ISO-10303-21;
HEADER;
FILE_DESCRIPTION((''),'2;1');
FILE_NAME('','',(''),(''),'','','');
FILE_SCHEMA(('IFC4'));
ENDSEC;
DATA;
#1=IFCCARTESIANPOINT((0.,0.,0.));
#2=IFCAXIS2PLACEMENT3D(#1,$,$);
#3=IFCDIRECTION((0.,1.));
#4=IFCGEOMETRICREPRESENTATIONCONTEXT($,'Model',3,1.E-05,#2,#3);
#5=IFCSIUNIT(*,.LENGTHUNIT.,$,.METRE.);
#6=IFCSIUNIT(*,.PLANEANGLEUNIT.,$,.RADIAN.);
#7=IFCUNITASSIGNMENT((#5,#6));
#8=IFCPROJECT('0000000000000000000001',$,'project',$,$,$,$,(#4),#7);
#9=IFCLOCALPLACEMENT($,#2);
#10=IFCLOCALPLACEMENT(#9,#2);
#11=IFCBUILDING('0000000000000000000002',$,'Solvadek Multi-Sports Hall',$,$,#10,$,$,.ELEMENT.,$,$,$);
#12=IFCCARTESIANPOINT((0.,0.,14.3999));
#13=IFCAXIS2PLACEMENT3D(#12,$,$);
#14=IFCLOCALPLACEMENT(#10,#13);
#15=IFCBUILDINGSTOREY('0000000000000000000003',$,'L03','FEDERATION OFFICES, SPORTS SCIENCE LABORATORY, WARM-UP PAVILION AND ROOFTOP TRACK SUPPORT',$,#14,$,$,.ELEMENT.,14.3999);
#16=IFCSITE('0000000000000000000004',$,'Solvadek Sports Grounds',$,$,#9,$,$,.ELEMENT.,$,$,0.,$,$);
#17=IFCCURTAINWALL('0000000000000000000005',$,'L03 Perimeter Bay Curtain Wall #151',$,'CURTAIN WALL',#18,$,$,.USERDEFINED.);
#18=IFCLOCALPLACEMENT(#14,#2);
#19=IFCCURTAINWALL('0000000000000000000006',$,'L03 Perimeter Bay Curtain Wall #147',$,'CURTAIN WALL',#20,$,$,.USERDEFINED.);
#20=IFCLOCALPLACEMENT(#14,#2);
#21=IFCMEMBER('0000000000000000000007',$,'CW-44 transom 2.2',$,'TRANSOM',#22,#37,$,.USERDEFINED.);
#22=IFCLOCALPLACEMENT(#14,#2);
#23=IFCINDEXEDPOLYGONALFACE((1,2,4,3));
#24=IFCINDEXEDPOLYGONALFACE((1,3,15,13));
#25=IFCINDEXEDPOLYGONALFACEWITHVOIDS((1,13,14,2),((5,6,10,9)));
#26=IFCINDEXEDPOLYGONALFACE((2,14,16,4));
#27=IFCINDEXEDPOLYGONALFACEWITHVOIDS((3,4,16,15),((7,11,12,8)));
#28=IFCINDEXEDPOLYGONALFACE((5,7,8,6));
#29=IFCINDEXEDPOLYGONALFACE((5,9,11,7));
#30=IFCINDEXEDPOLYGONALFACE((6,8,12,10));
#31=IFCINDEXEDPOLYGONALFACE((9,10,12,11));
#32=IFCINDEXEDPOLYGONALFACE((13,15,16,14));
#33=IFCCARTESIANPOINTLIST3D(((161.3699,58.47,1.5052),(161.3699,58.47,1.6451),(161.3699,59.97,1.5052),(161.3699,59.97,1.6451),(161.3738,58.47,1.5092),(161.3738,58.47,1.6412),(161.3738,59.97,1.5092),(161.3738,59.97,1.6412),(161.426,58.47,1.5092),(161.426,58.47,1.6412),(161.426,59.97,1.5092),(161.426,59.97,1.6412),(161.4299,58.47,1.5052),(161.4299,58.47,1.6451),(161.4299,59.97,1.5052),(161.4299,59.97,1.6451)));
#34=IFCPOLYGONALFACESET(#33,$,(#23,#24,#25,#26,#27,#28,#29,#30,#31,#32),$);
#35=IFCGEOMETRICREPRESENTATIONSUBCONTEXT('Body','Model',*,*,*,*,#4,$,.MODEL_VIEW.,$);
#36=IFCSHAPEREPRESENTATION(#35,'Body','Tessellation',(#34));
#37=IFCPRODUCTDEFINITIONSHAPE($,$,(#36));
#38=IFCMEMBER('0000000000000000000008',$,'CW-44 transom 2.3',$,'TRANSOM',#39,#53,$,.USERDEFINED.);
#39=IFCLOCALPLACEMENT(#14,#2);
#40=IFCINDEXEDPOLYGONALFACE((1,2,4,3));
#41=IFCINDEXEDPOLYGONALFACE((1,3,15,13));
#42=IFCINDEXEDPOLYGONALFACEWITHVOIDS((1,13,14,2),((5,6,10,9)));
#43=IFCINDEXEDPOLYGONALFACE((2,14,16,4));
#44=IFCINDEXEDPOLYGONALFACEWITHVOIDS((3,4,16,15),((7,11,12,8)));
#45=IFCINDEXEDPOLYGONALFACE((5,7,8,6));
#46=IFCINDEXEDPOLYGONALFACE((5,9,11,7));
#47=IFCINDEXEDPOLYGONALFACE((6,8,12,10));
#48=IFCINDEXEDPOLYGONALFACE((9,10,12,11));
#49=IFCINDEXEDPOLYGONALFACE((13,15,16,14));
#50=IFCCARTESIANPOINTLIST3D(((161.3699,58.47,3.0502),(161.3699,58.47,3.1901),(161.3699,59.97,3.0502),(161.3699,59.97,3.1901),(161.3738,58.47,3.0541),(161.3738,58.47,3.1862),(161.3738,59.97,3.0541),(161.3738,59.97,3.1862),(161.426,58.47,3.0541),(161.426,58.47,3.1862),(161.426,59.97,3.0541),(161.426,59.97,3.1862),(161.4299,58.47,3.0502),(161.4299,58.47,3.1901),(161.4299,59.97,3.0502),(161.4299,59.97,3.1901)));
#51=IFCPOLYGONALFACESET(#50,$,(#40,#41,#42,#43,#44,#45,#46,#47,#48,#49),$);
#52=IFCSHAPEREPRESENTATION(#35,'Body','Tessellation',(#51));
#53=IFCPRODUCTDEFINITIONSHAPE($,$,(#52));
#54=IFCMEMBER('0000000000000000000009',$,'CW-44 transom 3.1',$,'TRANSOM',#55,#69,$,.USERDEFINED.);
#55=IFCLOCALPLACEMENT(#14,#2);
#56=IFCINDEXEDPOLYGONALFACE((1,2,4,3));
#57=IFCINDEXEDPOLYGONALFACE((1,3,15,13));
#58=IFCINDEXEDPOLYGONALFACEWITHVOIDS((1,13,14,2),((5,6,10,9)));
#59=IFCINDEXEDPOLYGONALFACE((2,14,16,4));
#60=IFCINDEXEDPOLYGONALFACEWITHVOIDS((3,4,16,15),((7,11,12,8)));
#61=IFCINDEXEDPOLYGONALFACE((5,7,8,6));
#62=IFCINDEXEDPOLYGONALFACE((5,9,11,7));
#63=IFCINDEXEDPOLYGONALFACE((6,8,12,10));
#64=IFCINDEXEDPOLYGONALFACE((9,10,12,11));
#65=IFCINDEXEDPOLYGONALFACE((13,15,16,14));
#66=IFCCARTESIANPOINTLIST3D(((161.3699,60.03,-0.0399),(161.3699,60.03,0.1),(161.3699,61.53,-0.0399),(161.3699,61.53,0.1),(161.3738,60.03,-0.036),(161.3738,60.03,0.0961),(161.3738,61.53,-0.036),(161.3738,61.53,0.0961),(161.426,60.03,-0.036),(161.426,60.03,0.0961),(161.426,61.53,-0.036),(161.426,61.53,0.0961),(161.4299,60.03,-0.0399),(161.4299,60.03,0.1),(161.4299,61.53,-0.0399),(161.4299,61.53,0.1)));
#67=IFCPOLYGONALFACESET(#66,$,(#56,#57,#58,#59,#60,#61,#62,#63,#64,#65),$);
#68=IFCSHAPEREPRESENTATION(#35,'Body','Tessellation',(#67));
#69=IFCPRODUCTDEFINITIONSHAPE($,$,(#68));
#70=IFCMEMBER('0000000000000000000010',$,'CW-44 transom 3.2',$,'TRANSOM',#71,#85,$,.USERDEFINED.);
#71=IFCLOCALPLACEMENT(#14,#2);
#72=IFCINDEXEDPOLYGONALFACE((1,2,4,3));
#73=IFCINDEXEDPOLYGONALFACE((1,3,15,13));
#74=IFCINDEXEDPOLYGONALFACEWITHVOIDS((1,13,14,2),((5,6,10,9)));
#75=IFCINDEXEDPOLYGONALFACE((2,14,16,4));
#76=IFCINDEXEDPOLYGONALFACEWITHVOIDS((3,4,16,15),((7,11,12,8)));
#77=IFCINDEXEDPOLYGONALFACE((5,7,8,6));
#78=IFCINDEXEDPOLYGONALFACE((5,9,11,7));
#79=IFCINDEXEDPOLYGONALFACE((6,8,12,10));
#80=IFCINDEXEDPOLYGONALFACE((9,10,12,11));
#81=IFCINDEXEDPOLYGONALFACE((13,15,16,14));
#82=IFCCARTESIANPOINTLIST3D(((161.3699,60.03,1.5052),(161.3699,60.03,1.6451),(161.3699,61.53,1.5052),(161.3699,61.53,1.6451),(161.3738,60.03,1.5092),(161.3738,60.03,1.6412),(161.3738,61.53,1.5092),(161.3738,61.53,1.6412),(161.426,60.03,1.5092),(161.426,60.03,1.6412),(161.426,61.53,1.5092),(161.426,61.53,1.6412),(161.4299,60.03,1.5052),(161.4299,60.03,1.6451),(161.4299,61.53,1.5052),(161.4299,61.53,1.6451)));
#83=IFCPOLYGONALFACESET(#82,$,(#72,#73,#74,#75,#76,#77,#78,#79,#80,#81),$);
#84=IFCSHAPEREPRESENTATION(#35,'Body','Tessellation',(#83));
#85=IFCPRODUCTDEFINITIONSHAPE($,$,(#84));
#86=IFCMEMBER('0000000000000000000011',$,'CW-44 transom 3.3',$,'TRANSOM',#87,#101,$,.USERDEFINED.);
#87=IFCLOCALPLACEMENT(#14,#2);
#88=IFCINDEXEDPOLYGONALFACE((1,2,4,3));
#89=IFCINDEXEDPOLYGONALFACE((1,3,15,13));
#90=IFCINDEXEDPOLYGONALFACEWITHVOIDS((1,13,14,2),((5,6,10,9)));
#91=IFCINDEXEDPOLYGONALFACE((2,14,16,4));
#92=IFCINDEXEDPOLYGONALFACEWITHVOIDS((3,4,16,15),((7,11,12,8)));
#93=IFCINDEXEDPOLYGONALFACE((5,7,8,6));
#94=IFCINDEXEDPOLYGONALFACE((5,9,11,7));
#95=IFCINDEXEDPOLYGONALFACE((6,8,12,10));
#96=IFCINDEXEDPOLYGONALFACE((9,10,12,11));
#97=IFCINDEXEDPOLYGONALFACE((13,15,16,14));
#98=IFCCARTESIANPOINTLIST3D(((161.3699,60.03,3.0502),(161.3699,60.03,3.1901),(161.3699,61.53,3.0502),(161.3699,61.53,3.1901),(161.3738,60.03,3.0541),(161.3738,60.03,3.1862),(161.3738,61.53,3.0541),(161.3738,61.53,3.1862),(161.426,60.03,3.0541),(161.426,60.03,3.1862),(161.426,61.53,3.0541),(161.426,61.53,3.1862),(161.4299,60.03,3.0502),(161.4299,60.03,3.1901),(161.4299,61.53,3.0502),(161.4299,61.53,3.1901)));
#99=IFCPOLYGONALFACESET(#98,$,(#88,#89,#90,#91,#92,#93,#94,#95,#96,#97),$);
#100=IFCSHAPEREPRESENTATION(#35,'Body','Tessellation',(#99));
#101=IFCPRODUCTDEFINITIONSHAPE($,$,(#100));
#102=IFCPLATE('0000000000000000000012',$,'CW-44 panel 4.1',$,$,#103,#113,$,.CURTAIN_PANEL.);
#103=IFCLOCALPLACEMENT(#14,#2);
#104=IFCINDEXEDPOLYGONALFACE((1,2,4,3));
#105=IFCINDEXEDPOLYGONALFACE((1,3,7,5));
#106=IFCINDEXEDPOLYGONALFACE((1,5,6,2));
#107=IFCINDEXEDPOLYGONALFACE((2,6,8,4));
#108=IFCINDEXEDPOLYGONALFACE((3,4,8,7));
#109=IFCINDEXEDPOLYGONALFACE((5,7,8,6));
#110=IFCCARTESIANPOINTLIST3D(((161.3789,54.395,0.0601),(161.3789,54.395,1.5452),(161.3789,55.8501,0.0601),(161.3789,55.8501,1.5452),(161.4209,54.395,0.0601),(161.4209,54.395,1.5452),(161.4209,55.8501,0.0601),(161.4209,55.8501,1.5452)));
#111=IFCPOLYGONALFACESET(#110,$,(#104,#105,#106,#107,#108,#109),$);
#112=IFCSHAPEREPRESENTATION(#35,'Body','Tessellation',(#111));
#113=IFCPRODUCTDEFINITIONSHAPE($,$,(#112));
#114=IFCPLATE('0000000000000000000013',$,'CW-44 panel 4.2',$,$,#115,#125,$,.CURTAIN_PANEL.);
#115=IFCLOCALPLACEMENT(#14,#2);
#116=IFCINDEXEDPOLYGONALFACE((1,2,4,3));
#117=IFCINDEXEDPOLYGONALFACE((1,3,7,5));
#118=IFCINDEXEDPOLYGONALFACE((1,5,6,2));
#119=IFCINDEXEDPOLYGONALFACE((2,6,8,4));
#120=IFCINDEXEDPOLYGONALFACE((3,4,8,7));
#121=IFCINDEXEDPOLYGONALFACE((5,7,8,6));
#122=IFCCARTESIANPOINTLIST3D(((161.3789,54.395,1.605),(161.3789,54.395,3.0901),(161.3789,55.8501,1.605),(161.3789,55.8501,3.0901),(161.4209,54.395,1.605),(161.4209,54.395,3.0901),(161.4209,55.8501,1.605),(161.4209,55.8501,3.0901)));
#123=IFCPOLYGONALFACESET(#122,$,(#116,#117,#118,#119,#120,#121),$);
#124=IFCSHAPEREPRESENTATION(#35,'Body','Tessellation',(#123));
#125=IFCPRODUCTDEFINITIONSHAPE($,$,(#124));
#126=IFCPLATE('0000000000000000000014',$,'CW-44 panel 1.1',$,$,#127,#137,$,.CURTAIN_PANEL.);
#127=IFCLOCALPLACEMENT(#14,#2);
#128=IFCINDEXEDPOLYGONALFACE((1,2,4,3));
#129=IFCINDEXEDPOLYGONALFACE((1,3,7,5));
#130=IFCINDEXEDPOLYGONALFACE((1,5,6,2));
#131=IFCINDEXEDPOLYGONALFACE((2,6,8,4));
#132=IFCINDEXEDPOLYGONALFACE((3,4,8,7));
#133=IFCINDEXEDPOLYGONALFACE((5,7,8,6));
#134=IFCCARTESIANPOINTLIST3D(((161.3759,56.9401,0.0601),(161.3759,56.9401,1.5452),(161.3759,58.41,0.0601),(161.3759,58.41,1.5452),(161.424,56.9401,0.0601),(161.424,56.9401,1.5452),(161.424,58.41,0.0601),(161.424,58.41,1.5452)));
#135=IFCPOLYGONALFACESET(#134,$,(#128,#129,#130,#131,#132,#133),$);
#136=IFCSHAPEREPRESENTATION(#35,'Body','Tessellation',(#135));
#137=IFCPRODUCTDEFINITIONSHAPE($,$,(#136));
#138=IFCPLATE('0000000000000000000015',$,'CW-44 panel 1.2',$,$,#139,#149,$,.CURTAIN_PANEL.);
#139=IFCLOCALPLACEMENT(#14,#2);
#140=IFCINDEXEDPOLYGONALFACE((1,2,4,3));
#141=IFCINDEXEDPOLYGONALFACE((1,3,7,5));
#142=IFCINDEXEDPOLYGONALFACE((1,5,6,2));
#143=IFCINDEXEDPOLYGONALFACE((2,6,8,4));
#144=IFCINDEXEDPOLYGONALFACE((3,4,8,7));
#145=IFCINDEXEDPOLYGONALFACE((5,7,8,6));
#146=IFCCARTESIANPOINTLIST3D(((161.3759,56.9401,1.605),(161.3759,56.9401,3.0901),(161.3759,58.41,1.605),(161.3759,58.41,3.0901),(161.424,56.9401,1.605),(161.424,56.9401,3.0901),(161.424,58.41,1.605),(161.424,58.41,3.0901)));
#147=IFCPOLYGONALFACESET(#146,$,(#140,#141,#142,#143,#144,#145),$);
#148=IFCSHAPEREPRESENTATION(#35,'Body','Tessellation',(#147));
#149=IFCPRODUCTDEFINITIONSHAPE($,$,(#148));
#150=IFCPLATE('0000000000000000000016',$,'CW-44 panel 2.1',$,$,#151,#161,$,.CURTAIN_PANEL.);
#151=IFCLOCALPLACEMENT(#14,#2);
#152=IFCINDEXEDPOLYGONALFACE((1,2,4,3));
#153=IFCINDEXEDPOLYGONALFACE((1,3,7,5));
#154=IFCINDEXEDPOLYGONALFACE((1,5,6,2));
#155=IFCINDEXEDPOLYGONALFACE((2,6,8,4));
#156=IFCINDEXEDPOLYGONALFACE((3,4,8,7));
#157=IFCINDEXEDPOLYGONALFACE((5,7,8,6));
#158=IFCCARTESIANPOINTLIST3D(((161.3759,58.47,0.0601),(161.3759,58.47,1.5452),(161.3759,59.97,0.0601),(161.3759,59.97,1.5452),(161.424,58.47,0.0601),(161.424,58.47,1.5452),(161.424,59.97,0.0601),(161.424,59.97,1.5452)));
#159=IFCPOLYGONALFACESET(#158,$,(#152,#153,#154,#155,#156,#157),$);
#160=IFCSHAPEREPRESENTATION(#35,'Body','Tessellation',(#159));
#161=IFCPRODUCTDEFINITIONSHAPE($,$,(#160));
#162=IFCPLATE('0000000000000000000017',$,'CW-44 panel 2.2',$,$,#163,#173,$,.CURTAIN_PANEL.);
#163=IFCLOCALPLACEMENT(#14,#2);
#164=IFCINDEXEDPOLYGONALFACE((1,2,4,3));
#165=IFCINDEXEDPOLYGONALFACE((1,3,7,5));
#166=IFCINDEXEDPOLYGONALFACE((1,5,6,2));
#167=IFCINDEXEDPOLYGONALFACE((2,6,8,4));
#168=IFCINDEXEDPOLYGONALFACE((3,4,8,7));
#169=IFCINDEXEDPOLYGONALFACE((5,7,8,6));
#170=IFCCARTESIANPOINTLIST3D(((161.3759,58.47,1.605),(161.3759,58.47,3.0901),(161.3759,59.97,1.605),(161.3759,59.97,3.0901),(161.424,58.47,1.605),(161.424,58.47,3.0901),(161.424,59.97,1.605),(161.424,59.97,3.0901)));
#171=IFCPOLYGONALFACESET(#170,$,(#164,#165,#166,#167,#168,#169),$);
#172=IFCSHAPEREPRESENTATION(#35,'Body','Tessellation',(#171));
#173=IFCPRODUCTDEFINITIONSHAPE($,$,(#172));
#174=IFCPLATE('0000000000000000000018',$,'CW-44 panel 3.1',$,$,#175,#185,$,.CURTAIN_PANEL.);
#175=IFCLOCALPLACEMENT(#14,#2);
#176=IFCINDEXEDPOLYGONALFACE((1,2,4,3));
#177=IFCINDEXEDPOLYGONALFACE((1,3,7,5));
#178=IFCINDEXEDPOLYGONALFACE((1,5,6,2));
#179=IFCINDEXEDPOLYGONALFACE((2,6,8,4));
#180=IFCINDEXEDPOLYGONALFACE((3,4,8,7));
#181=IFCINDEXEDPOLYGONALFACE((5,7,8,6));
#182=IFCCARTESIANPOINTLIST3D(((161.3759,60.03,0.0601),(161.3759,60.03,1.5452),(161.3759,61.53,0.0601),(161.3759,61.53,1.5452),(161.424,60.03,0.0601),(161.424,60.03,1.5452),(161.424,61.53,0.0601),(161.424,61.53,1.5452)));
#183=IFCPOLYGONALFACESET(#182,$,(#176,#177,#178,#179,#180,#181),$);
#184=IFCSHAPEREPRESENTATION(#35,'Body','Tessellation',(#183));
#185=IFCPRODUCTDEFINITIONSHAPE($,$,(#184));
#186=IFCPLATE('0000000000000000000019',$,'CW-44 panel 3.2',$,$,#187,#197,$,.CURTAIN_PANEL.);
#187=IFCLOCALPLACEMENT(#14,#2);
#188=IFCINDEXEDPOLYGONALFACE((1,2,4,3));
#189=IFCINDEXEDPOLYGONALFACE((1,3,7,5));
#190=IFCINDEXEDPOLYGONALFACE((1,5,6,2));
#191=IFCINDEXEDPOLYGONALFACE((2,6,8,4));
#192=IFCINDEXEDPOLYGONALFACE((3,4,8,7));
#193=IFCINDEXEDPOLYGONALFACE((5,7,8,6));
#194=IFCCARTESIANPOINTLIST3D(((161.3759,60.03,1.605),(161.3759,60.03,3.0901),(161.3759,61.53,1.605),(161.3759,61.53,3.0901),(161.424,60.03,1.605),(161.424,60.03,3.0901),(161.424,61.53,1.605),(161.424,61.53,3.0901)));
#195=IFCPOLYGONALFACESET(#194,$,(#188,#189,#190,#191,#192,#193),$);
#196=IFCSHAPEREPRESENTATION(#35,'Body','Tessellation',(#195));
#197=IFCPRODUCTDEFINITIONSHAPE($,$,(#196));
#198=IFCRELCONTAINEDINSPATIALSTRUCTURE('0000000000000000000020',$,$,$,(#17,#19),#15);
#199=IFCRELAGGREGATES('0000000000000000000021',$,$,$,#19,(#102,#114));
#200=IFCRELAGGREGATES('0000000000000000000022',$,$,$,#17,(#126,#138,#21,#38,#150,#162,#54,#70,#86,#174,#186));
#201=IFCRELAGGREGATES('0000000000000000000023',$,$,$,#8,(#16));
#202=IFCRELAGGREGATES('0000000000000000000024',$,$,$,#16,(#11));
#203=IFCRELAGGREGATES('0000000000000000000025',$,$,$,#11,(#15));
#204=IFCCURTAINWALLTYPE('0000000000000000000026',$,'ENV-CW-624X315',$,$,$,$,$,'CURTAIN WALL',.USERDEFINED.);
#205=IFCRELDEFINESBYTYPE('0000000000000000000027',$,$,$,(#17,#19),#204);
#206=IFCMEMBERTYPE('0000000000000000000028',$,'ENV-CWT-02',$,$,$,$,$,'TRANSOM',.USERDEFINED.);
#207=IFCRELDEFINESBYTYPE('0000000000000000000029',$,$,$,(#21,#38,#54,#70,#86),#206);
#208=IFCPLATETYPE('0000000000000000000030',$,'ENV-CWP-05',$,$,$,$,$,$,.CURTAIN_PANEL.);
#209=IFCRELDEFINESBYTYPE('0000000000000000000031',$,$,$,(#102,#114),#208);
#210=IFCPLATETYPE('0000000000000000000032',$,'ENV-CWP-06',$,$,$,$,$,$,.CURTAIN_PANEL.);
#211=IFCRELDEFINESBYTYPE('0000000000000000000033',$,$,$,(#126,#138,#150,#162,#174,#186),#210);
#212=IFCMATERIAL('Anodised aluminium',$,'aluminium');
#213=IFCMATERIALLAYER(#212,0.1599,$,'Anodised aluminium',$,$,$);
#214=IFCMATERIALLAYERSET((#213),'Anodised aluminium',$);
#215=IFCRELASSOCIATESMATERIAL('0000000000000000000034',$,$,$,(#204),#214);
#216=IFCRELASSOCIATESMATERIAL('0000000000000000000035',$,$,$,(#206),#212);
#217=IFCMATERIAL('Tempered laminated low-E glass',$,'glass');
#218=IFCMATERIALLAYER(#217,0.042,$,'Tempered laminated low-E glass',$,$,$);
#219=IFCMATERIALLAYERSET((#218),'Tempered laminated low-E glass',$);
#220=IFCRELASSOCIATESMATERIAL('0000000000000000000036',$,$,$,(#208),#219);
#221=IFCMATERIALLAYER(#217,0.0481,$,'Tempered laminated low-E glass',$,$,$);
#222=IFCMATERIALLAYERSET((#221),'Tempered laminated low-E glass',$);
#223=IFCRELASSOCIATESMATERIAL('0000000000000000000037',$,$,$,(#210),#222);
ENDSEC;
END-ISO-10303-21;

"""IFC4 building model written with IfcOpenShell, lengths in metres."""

from ifc_helpers import new_model, si_unit, direction, frame, origin, origin_2d, place, context, subcontext, project, spatial, rectangle, hollow_rectangle, extrude, material, layer, layer_set, material_profile, profile_set, type_object, element, aggregate, save


model = new_model("IFC4")

# Units and contexts
model_context = context("Model", 3, precision=1e-05, world=origin(), true_north=direction((0.0, 1.0)))
body_context = subcontext(model_context, "Body", "Model", "MODEL_VIEW")
ifc_project = project(units=[si_unit("LENGTHUNIT", "METRE"), si_unit("PLANEANGLEUNIT", "RADIAN")], contexts=[model_context])

# Site, building, storey
site_placement = place(None, origin())
site = spatial("IfcSite", under=ifc_project, at=site_placement, Name="Solvadek Sports Grounds", CompositionType="ELEMENT", RefElevation=0.0)
building_placement = place(site_placement, origin())
building = spatial("IfcBuilding", under=site, at=building_placement, Name="Solvadek Multi-Sports Hall", CompositionType="ELEMENT")
storey_placement = place(building_placement, frame((0.0, 0.0, 14.3999)))
storey = spatial("IfcBuildingStorey", under=building, at=storey_placement, Name="L03", Description="FEDERATION OFFICES, SPORTS SCIENCE LABORATORY, WARM-UP PAVILION AND ROOFTOP TRACK SUPPORT", CompositionType="ELEMENT", Elevation=14.3999)

# Curtain walls
ifc_material_1 = material(Name="Anodised aluminium", Category="aluminium")
ifc_layer_1 = layer(ifc_material_1, 0.1599, Name="Anodised aluminium")
ifc_layer_set_1 = layer_set([ifc_layer_1], Name="Anodised aluminium")
curtain_wall_type = type_object("IfcCurtainWallType", Name="ENV-CW-624X315", ElementType="CURTAIN WALL", PredefinedType="USERDEFINED", material=ifc_layer_set_1)
curtain_wall_1_placement = place(storey_placement, origin())
curtain_wall_1 = element("IfcCurtainWall", 1, at=curtain_wall_1_placement, inside=storey, type_object=curtain_wall_type, Name="L03 Perimeter Bay Curtain Wall #151", ObjectType="CURTAIN WALL", PredefinedType="USERDEFINED")
curtain_wall_2_placement = place(storey_placement, origin())
curtain_wall_2 = element("IfcCurtainWall", 2, at=curtain_wall_2_placement, inside=storey, type_object=curtain_wall_type, Name="L03 Perimeter Bay Curtain Wall #147", ObjectType="CURTAIN WALL", PredefinedType="USERDEFINED")

# Members
ifc_material_profile_1 = material_profile(ifc_material_1, hollow_rectangle(XDim=0.0601, YDim=0.1399, WallThickness=0.0039, at=origin_2d()), Name="ALU-T 140x60x4")
ifc_profile_set_1 = profile_set([ifc_material_profile_1], Name="Anodised aluminium")
member_type_1 = type_object("IfcMemberType", Name="ENV-CWT-02", ElementType="TRANSOM", PredefinedType="USERDEFINED", material=ifc_profile_set_1)
member_1_placement = place(storey_placement, frame((161.3999, 58.47, 1.5752), z_axis=(0.0, 1.0, 0.0), x_axis=(-1.0, 0.0, 0.0)))
member_1 = element("IfcMember", 3, at=member_1_placement, type_object=member_type_1, Name="CW-44 transom 2.2", ObjectType="TRANSOM", PredefinedType="USERDEFINED", context=body_context, shape_type="SweptSolid", body=[
    extrude(hollow_rectangle(XDim=0.0601, YDim=0.1399, WallThickness=0.0039, at=origin_2d()), origin(), (0.0, 0.0, 1.0), 1.5),
])
member_2_placement = place(storey_placement, frame((161.3999, 58.47, 3.1201), z_axis=(0.0, 1.0, 0.0), x_axis=(-1.0, 0.0, 0.0)))
member_2 = element("IfcMember", 4, at=member_2_placement, type_object=member_type_1, Name="CW-44 transom 2.3", ObjectType="TRANSOM", PredefinedType="USERDEFINED", context=body_context, shape_type="SweptSolid", body=[
    extrude(hollow_rectangle(XDim=0.0601, YDim=0.1399, WallThickness=0.0039, at=origin_2d()), origin(), (0.0, 0.0, 1.0), 1.5),
])
member_3_placement = place(storey_placement, frame((161.3999, 60.03, 0.03), z_axis=(0.0, 1.0, 0.0), x_axis=(-1.0, 0.0, 0.0)))
member_3 = element("IfcMember", 5, at=member_3_placement, type_object=member_type_1, Name="CW-44 transom 3.1", ObjectType="TRANSOM", PredefinedType="USERDEFINED", context=body_context, shape_type="SweptSolid", body=[
    extrude(hollow_rectangle(XDim=0.0601, YDim=0.1399, WallThickness=0.0039, at=origin_2d()), origin(), (0.0, 0.0, 1.0), 1.5),
])
member_4_placement = place(storey_placement, frame((161.3999, 60.03, 1.5752), z_axis=(0.0, 1.0, 0.0), x_axis=(-1.0, 0.0, 0.0)))
member_4 = element("IfcMember", 6, at=member_4_placement, type_object=member_type_1, Name="CW-44 transom 3.2", ObjectType="TRANSOM", PredefinedType="USERDEFINED", context=body_context, shape_type="SweptSolid", body=[
    extrude(hollow_rectangle(XDim=0.0601, YDim=0.1399, WallThickness=0.0039, at=origin_2d()), origin(), (0.0, 0.0, 1.0), 1.5),
])
member_5_placement = place(storey_placement, frame((161.3999, 60.03, 3.1201), z_axis=(0.0, 1.0, 0.0), x_axis=(-1.0, 0.0, 0.0)))
member_5 = element("IfcMember", 7, at=member_5_placement, type_object=member_type_1, Name="CW-44 transom 3.3", ObjectType="TRANSOM", PredefinedType="USERDEFINED", context=body_context, shape_type="SweptSolid", body=[
    extrude(hollow_rectangle(XDim=0.0601, YDim=0.1399, WallThickness=0.0039, at=origin_2d()), origin(), (0.0, 0.0, 1.0), 1.5),
])

# Plates
ifc_material_2 = material(Name="Tempered laminated low-E glass", Category="glass")
ifc_layer_2 = layer(ifc_material_2, 0.042, Name="Tempered laminated low-E glass")
ifc_layer_set_2 = layer_set([ifc_layer_2], Name="Tempered laminated low-E glass")
plate_type_1 = type_object("IfcPlateType", Name="ENV-CWP-05", PredefinedType="CURTAIN_PANEL", material=ifc_layer_set_2)
plate_1_placement = place(storey_placement, frame((161.3999, 55.1226, 0.0601), z_axis=(0.0, 0.0, 1.0), x_axis=(0.0, 1.0, 0.0)))
plate_1 = element("IfcPlate", 8, at=plate_1_placement, type_object=plate_type_1, Name="CW-44 panel 4.1", PredefinedType="CURTAIN_PANEL", context=body_context, shape_type="SweptSolid", body=[
    extrude(rectangle(XDim=1.4551, YDim=0.042, at=origin_2d()), origin(), (0.0, 0.0, 1.0), 1.4851),
])
plate_2_placement = place(storey_placement, frame((161.3999, 55.1226, 1.605), z_axis=(0.0, 0.0, 1.0), x_axis=(0.0, 1.0, 0.0)))
plate_2 = element("IfcPlate", 9, at=plate_2_placement, type_object=plate_type_1, Name="CW-44 panel 4.2", PredefinedType="CURTAIN_PANEL", context=body_context, shape_type="SweptSolid", body=[
    extrude(rectangle(XDim=1.4551, YDim=0.042, at=origin_2d()), origin(), (0.0, 0.0, 1.0), 1.4851),
])
aggregate(curtain_wall_2, [plate_1, plate_2])
ifc_layer_3 = layer(ifc_material_2, 0.0481, Name="Tempered laminated low-E glass")
ifc_layer_set_3 = layer_set([ifc_layer_3], Name="Tempered laminated low-E glass")
plate_type_2 = type_object("IfcPlateType", Name="ENV-CWP-06", PredefinedType="CURTAIN_PANEL", material=ifc_layer_set_3)
plate_3_placement = place(storey_placement, frame((161.3999, 57.675, 0.0601), z_axis=(0.0, 0.0, 1.0), x_axis=(0.0, 1.0, 0.0)))
plate_3 = element("IfcPlate", 10, at=plate_3_placement, type_object=plate_type_2, Name="CW-44 panel 1.1", PredefinedType="CURTAIN_PANEL", context=body_context, shape_type="SweptSolid", body=[
    extrude(rectangle(XDim=1.47, YDim=0.0481, at=origin_2d()), origin(), (0.0, 0.0, 1.0), 1.4851),
])
plate_4_placement = place(storey_placement, frame((161.3999, 57.675, 1.605), z_axis=(0.0, 0.0, 1.0), x_axis=(0.0, 1.0, 0.0)))
plate_4 = element("IfcPlate", 11, at=plate_4_placement, type_object=plate_type_2, Name="CW-44 panel 1.2", PredefinedType="CURTAIN_PANEL", context=body_context, shape_type="SweptSolid", body=[
    extrude(rectangle(XDim=1.47, YDim=0.0481, at=origin_2d()), origin(), (0.0, 0.0, 1.0), 1.4851),
])
plate_5_placement = place(storey_placement, frame((161.3999, 59.22, 0.0601), z_axis=(0.0, 0.0, 1.0), x_axis=(0.0, 1.0, 0.0)))
plate_5 = element("IfcPlate", 12, at=plate_5_placement, type_object=plate_type_2, Name="CW-44 panel 2.1", PredefinedType="CURTAIN_PANEL", context=body_context, shape_type="SweptSolid", body=[
    extrude(rectangle(XDim=1.5, YDim=0.0481, at=origin_2d()), origin(), (0.0, 0.0, 1.0), 1.4851),
])
plate_6_placement = place(storey_placement, frame((161.3999, 59.22, 1.605), z_axis=(0.0, 0.0, 1.0), x_axis=(0.0, 1.0, 0.0)))
plate_6 = element("IfcPlate", 13, at=plate_6_placement, type_object=plate_type_2, Name="CW-44 panel 2.2", PredefinedType="CURTAIN_PANEL", context=body_context, shape_type="SweptSolid", body=[
    extrude(rectangle(XDim=1.5, YDim=0.0481, at=origin_2d()), origin(), (0.0, 0.0, 1.0), 1.4851),
])
plate_7_placement = place(storey_placement, frame((161.3999, 60.78, 0.0601), z_axis=(0.0, 0.0, 1.0), x_axis=(0.0, 1.0, 0.0)))
plate_7 = element("IfcPlate", 14, at=plate_7_placement, type_object=plate_type_2, Name="CW-44 panel 3.1", PredefinedType="CURTAIN_PANEL", context=body_context, shape_type="SweptSolid", body=[
    extrude(rectangle(XDim=1.5, YDim=0.0481, at=origin_2d()), origin(), (0.0, 0.0, 1.0), 1.4851),
])
plate_8_placement = place(storey_placement, frame((161.3999, 60.78, 1.605), z_axis=(0.0, 0.0, 1.0), x_axis=(0.0, 1.0, 0.0)))
plate_8 = element("IfcPlate", 15, at=plate_8_placement, type_object=plate_type_2, Name="CW-44 panel 3.2", PredefinedType="CURTAIN_PANEL", context=body_context, shape_type="SweptSolid", body=[
    extrude(rectangle(XDim=1.5, YDim=0.0481, at=origin_2d()), origin(), (0.0, 0.0, 1.0), 1.4851),
])
aggregate(curtain_wall_1, [plate_3, plate_4, member_1, member_2, plate_5, plate_6, member_3, member_4, member_5, plate_7, plate_8])

save(model, "model.ifc")
